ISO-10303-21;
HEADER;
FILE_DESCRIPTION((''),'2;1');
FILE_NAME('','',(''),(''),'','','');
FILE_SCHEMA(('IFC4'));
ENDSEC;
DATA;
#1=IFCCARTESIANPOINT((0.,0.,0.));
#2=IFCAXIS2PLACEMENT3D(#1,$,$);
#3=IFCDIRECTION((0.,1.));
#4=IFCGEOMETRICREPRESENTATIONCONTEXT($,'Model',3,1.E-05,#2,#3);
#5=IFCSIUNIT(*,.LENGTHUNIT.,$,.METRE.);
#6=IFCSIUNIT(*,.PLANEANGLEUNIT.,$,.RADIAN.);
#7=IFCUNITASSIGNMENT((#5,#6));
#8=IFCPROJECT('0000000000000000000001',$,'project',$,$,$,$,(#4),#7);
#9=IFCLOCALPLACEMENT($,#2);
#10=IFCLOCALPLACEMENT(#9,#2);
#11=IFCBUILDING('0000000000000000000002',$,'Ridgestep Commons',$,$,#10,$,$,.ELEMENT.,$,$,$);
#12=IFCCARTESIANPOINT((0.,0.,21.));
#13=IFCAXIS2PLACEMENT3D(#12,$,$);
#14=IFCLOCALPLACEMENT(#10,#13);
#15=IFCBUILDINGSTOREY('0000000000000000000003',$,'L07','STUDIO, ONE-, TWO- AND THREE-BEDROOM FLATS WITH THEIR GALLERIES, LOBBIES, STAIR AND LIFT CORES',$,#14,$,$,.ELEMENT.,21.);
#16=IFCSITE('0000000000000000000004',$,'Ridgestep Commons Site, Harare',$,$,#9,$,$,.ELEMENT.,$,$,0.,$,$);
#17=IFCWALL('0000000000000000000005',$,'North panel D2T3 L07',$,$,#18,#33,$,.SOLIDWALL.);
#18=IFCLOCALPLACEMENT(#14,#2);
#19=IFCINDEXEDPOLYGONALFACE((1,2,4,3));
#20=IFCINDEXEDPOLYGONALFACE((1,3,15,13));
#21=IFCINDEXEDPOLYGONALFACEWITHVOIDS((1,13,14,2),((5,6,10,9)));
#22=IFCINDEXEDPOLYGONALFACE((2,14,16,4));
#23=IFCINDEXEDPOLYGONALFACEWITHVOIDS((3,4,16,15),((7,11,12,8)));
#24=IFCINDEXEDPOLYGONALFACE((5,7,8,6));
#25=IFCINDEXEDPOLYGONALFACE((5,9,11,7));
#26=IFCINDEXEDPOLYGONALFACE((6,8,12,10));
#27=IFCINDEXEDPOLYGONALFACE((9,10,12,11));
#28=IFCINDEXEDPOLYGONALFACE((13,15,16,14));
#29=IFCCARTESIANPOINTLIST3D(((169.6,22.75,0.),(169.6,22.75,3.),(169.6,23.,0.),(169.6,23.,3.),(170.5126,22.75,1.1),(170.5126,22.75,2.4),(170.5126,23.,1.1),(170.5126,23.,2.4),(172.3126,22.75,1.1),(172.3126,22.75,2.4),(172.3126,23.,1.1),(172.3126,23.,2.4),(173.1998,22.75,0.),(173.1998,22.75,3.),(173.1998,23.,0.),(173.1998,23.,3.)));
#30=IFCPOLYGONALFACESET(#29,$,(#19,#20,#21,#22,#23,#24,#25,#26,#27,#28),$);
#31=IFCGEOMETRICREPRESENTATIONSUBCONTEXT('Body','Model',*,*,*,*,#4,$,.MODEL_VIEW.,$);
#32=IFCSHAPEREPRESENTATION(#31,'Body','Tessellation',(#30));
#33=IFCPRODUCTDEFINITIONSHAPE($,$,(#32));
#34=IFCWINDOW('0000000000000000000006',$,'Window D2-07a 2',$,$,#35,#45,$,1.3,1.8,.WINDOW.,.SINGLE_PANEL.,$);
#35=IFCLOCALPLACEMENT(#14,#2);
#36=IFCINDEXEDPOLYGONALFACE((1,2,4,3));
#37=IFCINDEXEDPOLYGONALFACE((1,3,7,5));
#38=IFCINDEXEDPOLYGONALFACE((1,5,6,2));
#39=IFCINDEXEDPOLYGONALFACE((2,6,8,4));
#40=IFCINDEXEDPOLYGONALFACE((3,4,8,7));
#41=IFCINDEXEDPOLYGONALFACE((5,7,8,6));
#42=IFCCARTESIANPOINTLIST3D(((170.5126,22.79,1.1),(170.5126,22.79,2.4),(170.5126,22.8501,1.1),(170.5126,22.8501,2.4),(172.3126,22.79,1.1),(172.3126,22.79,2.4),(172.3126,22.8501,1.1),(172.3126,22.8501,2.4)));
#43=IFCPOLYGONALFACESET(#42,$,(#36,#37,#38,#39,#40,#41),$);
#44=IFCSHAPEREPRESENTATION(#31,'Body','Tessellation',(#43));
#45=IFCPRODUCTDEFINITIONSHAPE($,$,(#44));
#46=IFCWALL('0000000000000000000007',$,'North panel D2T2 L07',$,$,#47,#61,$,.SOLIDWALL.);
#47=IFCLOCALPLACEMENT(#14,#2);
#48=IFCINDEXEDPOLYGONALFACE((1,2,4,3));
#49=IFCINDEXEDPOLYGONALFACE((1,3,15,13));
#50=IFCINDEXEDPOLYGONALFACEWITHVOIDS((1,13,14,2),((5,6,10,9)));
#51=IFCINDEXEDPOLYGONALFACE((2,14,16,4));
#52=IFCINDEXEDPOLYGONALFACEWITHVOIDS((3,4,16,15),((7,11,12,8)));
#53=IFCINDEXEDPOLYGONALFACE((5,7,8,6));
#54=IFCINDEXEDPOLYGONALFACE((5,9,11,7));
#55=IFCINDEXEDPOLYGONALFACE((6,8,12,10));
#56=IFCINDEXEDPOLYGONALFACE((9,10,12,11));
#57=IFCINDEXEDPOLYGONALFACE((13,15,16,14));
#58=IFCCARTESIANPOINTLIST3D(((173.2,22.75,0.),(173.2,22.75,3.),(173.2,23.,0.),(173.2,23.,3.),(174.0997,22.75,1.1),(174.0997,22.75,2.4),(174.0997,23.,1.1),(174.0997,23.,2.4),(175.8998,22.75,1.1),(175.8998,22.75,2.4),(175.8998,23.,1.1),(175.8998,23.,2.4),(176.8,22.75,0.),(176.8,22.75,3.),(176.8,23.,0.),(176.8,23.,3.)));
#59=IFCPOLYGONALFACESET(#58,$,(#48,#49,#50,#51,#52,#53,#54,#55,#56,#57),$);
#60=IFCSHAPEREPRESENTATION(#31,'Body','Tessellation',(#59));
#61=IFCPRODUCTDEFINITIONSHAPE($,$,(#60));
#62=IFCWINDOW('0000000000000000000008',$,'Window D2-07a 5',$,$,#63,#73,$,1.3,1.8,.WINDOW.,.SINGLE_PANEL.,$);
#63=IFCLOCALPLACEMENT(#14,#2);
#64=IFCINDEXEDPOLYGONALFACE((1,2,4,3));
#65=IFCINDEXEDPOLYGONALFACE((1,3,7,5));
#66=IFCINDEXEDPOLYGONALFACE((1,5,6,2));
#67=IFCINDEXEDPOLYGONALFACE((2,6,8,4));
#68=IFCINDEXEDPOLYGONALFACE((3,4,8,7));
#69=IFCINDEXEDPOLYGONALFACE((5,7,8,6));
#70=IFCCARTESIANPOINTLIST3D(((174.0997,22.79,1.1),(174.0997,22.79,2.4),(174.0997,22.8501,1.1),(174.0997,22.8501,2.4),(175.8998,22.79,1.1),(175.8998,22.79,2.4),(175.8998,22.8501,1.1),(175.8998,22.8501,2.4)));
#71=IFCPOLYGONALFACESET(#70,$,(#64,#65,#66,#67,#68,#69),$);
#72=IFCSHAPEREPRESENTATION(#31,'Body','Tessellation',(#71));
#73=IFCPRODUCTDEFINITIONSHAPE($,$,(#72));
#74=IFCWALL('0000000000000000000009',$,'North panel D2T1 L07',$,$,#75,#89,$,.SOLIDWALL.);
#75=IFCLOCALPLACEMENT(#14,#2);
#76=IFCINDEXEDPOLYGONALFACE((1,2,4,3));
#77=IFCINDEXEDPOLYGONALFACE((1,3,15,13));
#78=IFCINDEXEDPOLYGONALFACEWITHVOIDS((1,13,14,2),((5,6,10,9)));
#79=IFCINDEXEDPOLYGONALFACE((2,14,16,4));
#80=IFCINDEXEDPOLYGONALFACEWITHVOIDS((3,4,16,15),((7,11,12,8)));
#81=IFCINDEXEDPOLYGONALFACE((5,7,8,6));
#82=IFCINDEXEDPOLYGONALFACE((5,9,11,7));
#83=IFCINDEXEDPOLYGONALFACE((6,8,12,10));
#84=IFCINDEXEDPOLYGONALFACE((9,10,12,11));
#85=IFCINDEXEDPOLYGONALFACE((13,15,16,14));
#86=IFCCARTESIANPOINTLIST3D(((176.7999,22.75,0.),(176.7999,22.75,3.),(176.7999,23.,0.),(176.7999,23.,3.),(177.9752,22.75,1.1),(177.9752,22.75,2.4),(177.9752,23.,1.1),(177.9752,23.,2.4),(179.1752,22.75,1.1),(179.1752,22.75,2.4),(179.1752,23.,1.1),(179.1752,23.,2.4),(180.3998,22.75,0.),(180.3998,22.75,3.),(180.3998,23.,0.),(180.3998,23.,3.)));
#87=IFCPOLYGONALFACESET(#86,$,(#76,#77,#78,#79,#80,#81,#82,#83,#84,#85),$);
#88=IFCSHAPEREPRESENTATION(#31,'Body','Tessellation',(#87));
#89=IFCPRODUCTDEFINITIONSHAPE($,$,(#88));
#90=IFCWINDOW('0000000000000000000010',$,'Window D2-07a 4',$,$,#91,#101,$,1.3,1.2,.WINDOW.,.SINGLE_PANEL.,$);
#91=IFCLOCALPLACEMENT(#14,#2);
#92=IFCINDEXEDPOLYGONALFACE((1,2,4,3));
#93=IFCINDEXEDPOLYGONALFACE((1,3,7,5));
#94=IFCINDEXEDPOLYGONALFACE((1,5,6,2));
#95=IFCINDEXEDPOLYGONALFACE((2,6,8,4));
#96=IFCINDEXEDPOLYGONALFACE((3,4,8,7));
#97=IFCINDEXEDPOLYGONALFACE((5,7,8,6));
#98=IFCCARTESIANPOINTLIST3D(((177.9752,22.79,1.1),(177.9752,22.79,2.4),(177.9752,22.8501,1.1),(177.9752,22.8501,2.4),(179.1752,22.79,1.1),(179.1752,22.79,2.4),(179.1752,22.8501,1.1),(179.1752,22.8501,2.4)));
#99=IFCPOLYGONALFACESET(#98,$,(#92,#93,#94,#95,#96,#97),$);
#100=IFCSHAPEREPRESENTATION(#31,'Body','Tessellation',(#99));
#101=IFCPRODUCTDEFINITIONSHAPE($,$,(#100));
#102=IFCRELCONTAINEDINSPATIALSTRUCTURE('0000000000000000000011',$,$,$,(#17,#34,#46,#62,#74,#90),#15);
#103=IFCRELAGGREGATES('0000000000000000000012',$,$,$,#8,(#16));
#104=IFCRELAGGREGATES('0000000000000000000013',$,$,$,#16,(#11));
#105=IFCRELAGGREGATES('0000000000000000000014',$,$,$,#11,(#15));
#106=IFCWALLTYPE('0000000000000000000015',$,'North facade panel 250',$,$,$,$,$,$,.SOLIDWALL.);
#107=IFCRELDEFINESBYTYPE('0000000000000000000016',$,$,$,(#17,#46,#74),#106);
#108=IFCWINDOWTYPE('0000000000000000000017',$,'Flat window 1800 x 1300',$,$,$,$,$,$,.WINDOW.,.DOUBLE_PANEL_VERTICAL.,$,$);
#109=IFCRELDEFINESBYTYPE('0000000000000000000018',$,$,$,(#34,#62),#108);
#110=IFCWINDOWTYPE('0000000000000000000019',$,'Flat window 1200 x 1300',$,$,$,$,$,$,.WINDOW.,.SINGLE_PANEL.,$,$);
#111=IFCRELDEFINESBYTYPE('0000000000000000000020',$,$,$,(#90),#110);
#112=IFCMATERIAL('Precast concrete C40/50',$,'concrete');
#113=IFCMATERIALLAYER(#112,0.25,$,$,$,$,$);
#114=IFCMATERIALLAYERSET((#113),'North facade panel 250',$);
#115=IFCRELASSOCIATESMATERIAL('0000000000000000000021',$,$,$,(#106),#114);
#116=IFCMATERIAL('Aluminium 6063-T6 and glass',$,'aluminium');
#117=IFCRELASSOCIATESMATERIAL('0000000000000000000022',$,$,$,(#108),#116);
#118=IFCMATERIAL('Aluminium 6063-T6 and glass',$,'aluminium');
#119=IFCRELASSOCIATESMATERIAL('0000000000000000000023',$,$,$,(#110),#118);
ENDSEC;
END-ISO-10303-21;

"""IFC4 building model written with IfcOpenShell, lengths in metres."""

from ifc_helpers import new_model, si_unit, direction, frame, frame_2d, origin, place, context, subcontext, project, spatial, rectangle, extrude, material, layer, layer_set, type_object, element, fill, save


model = new_model("IFC4")

# Units and contexts
model_context = context("Model", 3, precision=1e-05, world=origin(), true_north=direction((0.0, 1.0)))
body_context = subcontext(model_context, "Body", "Model", "MODEL_VIEW")
ifc_project = project(units=[si_unit("LENGTHUNIT", "METRE"), si_unit("PLANEANGLEUNIT", "RADIAN")], contexts=[model_context])

# Site, building, storey
site_placement = place(None, origin())
site = spatial("IfcSite", under=ifc_project, at=site_placement, Name="Ridgestep Commons Site, Harare", CompositionType="ELEMENT", RefElevation=0.0)
building_placement = place(site_placement, origin())
building = spatial("IfcBuilding", under=site, at=building_placement, Name="Ridgestep Commons", CompositionType="ELEMENT")
storey_placement = place(building_placement, frame((0.0, 0.0, 21.0)))
storey = spatial("IfcBuildingStorey", under=building, at=storey_placement, Name="L07", Description="STUDIO, ONE-, TWO- AND THREE-BEDROOM FLATS WITH THEIR GALLERIES, LOBBIES, STAIR AND LIFT CORES", CompositionType="ELEMENT", Elevation=21.0)

# Shared definitions
ifc_material_1 = material(Name="Precast concrete C40/50", Category="concrete")
ifc_layer_1 = layer(ifc_material_1, 0.25)
ifc_layer_set_1 = layer_set([ifc_layer_1], Name="North facade panel 250")
wall_type = type_object("IfcWallType", Name="North facade panel 250", PredefinedType="SOLIDWALL", material=ifc_layer_set_1)

# Walls, openings, windows
wall_1_placement = place(storey_placement, frame((169.6001, 22.875, 0.0), z_axis=(0.0, 0.0, 1.0), x_axis=(1.0, 0.0, 0.0)))
wall_1 = element("IfcWall", 1, at=wall_1_placement, inside=storey, type_object=wall_type, Name="North panel D2T3 L07", PredefinedType="SOLIDWALL", context=body_context, shape_type="SweptSolid", body=[
    extrude(rectangle(XDim=3.5999, YDim=0.25, at=frame_2d((1.7998, 0.0))), origin(), (0.0, 0.0, 1.0), 3.0),
])
opening_1_placement = place(wall_1_placement, frame((0.9126, 0.0, 1.1001)))
opening_1 = element("IfcOpeningElement", 2, at=opening_1_placement, cuts=wall_1, PredefinedType="OPENING", context=body_context, shape_type="SweptSolid", body=[
    extrude(rectangle(XDim=1.8, YDim=1.3, at=frame_2d((0.8999, 0.6499))), frame((0.0, 0.135, 0.0), z_axis=(0.0, -1.0, 0.0), x_axis=(1.0, 0.0, 0.0)), (0.0, 0.0, 1.0), 0.27),
])
ifc_material_2 = material(Name="Aluminium 6063-T6 and glass", Category="aluminium")
window_type_1 = type_object("IfcWindowType", Name="Flat window 1800 x 1300", PartitioningType="DOUBLE_PANEL_VERTICAL", PredefinedType="WINDOW", material=ifc_material_2)
window_1_placement = place(opening_1_placement, origin())
window_1 = element("IfcWindow", 3, at=window_1_placement, inside=storey, type_object=window_type_1, Name="Window D2-07a 2", OverallHeight=1.3, OverallWidth=1.8, PartitioningType="SINGLE_PANEL", PredefinedType="WINDOW", context=body_context, shape_type="SweptSolid", body=[
    extrude(rectangle(XDim=1.8, YDim=1.3, at=frame_2d((0.8999, 0.6499))), frame((0.0, -0.0249, 0.0), z_axis=(0.0, -1.0, 0.0), x_axis=(1.0, 0.0, 0.0)), (0.0, 0.0, 1.0), 0.0601),
])
fill(opening_1, window_1)
wall_2_placement = place(storey_placement, frame((173.2, 22.875, 0.0), z_axis=(0.0, 0.0, 1.0), x_axis=(1.0, 0.0, 0.0)))
wall_2 = element("IfcWall", 4, at=wall_2_placement, inside=storey, type_object=wall_type, Name="North panel D2T2 L07", PredefinedType="SOLIDWALL", context=body_context, shape_type="SweptSolid", body=[
    extrude(rectangle(XDim=3.6001, YDim=0.25, at=frame_2d((1.8, 0.0))), origin(), (0.0, 0.0, 1.0), 3.0),
])
opening_2_placement = place(wall_2_placement, frame((0.8999, 0.0, 1.1001)))
opening_2 = element("IfcOpeningElement", 5, at=opening_2_placement, cuts=wall_2, PredefinedType="OPENING", context=body_context, shape_type="SweptSolid", body=[
    extrude(rectangle(XDim=1.8, YDim=1.3, at=frame_2d((0.8999, 0.6499))), frame((0.0, 0.135, 0.0), z_axis=(0.0, -1.0, 0.0), x_axis=(1.0, 0.0, 0.0)), (0.0, 0.0, 1.0), 0.27),
])
window_2_placement = place(opening_2_placement, origin())
window_2 = element("IfcWindow", 6, at=window_2_placement, inside=storey, type_object=window_type_1, Name="Window D2-07a 5", OverallHeight=1.3, OverallWidth=1.8, PartitioningType="SINGLE_PANEL", PredefinedType="WINDOW", context=body_context, shape_type="SweptSolid", body=[
    extrude(rectangle(XDim=1.8, YDim=1.3, at=frame_2d((0.8999, 0.6499))), frame((0.0, -0.0249, 0.0), z_axis=(0.0, -1.0, 0.0), x_axis=(1.0, 0.0, 0.0)), (0.0, 0.0, 1.0), 0.0601),
])
fill(opening_2, window_2)
wall_3_placement = place(storey_placement, frame((176.8, 22.875, 0.0), z_axis=(0.0, 0.0, 1.0), x_axis=(1.0, 0.0, 0.0)))
wall_3 = element("IfcWall", 7, at=wall_3_placement, inside=storey, type_object=wall_type, Name="North panel D2T1 L07", PredefinedType="SOLIDWALL", context=body_context, shape_type="SweptSolid", body=[
    extrude(rectangle(XDim=3.5999, YDim=0.25, at=frame_2d((1.7998, 0.0))), origin(), (0.0, 0.0, 1.0), 3.0),
])
opening_3_placement = place(wall_3_placement, frame((1.175, 0.0, 1.1001)))
opening_3 = element("IfcOpeningElement", 8, at=opening_3_placement, cuts=wall_3, PredefinedType="OPENING", context=body_context, shape_type="SweptSolid", body=[
    extrude(rectangle(XDim=1.2, YDim=1.3, at=frame_2d((0.6001, 0.6499))), frame((0.0, 0.135, 0.0), z_axis=(0.0, -1.0, 0.0), x_axis=(1.0, 0.0, 0.0)), (0.0, 0.0, 1.0), 0.27),
])
ifc_material_3 = material(Name="Aluminium 6063-T6 and glass", Category="aluminium")
window_type_2 = type_object("IfcWindowType", Name="Flat window 1200 x 1300", PartitioningType="SINGLE_PANEL", PredefinedType="WINDOW", material=ifc_material_3)
window_3_placement = place(opening_3_placement, origin())
window_3 = element("IfcWindow", 9, at=window_3_placement, inside=storey, type_object=window_type_2, Name="Window D2-07a 4", OverallHeight=1.3, OverallWidth=1.2, PartitioningType="SINGLE_PANEL", PredefinedType="WINDOW", context=body_context, shape_type="SweptSolid", body=[
    extrude(rectangle(XDim=1.2, YDim=1.3, at=frame_2d((0.6001, 0.6499))), frame((0.0, -0.0249, 0.0), z_axis=(0.0, -1.0, 0.0), x_axis=(1.0, 0.0, 0.0)), (0.0, 0.0, 1.0), 0.0601),
])
fill(opening_3, window_3)

save(model, "model.ifc")
